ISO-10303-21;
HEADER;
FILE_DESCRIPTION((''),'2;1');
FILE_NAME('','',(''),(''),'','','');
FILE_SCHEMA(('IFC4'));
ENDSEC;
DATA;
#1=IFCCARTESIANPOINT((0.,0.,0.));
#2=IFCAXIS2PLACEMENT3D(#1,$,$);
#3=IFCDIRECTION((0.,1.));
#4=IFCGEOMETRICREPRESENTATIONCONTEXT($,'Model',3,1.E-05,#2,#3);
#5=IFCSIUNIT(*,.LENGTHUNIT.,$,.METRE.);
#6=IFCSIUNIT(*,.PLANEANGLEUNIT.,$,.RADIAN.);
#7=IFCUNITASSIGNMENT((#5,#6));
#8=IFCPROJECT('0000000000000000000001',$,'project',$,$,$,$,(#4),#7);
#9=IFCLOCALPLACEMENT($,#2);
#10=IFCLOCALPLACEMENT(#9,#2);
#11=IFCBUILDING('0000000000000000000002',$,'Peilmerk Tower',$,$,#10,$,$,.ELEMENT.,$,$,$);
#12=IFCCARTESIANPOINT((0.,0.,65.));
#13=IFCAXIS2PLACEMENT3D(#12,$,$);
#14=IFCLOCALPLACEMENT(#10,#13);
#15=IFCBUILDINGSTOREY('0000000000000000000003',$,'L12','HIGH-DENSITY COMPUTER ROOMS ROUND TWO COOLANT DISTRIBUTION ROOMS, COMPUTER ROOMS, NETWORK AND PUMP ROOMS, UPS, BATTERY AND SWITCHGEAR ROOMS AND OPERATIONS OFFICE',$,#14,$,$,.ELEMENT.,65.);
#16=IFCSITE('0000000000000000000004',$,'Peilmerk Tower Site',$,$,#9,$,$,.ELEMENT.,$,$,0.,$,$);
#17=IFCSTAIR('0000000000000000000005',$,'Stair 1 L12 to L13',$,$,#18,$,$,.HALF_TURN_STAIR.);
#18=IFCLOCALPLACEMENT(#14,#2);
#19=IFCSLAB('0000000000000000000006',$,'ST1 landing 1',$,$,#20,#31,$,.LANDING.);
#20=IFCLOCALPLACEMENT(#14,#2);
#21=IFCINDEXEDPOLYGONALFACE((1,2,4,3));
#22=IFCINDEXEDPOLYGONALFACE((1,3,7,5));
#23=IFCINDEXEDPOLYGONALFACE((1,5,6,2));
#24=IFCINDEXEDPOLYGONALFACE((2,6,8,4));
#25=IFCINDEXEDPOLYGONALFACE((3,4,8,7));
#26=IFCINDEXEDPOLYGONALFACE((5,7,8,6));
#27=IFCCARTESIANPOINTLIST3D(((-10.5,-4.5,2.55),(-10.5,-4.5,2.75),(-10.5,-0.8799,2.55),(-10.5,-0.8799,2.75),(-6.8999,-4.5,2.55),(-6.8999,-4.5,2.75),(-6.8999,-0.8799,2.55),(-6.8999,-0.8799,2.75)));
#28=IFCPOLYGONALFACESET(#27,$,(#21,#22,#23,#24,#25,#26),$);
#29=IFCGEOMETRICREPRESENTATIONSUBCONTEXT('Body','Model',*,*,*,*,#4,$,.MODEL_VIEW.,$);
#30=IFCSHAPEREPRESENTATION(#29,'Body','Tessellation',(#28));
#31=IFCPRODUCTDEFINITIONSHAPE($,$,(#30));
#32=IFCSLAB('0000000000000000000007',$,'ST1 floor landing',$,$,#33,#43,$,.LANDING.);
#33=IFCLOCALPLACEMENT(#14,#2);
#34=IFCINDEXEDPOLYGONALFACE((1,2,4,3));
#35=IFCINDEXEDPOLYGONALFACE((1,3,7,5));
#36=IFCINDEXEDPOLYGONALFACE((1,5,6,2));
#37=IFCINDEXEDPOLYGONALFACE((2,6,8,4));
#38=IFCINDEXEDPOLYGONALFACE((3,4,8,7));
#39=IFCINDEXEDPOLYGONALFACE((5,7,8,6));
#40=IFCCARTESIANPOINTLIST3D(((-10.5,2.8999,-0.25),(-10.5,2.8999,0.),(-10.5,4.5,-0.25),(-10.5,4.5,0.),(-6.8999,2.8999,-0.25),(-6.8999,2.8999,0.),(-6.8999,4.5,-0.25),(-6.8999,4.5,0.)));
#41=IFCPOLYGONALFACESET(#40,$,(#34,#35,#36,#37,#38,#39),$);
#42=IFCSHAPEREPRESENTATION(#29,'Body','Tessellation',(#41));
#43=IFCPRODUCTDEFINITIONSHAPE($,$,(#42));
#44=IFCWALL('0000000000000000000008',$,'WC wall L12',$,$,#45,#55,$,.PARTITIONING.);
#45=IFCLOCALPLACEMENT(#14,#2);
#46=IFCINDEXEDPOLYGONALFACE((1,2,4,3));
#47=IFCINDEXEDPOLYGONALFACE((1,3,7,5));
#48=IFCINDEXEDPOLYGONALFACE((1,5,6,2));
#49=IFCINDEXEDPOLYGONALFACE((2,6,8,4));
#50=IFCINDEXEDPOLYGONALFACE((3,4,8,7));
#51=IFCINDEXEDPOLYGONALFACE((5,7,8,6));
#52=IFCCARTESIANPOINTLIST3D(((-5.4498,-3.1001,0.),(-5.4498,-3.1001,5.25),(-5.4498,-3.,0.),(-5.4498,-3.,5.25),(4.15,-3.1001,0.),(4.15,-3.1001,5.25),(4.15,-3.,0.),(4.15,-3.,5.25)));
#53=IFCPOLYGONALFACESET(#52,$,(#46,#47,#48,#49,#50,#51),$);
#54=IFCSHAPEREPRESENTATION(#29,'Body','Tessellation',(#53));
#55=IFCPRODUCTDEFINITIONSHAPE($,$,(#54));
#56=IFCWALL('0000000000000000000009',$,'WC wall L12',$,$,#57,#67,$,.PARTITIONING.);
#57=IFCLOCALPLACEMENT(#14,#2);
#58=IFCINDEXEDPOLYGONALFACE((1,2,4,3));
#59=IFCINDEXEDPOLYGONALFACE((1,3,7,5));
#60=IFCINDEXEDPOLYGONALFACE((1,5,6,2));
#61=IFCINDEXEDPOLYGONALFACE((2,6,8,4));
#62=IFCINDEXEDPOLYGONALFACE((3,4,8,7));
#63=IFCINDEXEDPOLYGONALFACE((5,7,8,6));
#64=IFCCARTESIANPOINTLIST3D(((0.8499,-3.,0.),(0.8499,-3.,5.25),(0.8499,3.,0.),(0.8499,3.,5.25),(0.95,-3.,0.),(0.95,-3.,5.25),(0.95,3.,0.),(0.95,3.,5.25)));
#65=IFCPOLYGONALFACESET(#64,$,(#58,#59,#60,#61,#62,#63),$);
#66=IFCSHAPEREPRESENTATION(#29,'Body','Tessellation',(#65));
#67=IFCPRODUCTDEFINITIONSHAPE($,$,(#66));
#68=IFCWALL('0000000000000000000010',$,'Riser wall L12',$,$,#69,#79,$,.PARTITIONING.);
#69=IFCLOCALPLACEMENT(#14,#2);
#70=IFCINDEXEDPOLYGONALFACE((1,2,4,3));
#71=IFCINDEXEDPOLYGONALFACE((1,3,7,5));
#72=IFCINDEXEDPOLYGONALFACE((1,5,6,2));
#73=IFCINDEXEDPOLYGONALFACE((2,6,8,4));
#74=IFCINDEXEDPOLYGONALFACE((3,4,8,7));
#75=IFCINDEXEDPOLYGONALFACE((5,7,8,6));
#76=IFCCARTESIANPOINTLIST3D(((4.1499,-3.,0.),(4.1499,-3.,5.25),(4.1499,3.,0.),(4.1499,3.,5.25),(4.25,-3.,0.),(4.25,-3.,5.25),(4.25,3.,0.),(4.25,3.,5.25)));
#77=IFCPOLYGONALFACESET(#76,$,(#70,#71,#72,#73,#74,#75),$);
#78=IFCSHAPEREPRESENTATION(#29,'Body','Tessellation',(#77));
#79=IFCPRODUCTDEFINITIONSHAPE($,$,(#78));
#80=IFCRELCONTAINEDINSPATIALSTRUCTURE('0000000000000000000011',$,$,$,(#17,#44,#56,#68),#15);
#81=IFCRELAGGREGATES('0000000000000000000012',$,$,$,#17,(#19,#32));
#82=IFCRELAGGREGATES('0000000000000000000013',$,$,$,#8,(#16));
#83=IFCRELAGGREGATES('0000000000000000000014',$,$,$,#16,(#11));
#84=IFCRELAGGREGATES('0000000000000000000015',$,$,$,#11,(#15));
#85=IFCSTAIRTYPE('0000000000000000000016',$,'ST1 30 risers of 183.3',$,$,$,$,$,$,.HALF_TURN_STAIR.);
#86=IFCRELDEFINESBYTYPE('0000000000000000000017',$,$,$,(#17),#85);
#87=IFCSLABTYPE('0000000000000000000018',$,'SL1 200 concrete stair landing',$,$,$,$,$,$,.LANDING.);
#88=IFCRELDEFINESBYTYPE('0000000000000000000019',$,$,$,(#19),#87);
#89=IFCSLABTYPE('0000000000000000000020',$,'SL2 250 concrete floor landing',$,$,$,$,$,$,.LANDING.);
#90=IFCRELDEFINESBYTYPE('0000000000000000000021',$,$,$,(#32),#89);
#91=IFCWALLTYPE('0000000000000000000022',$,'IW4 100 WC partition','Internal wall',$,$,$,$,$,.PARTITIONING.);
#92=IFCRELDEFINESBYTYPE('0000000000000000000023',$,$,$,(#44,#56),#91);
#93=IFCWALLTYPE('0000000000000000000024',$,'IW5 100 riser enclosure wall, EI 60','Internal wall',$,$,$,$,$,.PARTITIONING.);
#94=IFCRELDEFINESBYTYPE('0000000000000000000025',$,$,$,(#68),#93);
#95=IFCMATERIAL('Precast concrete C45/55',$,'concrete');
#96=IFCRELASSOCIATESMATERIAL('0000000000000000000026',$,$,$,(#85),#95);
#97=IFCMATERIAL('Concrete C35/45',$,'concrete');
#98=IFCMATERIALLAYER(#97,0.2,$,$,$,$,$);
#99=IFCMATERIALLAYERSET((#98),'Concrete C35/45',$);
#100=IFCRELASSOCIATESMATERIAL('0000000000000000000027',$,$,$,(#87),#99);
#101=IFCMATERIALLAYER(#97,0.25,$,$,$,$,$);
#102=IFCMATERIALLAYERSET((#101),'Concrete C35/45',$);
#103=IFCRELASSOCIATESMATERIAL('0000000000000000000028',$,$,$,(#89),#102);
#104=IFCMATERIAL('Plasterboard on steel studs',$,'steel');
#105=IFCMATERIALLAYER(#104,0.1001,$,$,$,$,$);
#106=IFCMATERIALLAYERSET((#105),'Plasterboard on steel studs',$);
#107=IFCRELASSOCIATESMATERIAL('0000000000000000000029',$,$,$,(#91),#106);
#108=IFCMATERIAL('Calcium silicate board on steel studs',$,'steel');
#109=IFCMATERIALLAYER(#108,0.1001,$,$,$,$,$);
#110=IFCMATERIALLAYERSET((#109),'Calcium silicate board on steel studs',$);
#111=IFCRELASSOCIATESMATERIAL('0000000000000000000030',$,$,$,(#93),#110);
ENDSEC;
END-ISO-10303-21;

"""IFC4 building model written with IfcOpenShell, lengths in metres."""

from ifc_helpers import new_model, si_unit, direction, frame, frame_2d, origin, place, context, subcontext, project, spatial, polyline, rectangle, outline, extrude, material, layer, layer_set, type_object, element, aggregate, save


model = new_model("IFC4")

# Units and contexts
model_context = context("Model", 3, precision=1e-05, world=origin(), true_north=direction((0.0, 1.0)))
body_context = subcontext(model_context, "Body", "Model", "MODEL_VIEW")
ifc_project = project(units=[si_unit("LENGTHUNIT", "METRE"), si_unit("PLANEANGLEUNIT", "RADIAN")], contexts=[model_context])

# Site, building, storey
site_placement = place(None, origin())
site = spatial("IfcSite", under=ifc_project, at=site_placement, Name="Peilmerk Tower Site", CompositionType="ELEMENT", RefElevation=0.0)
building_placement = place(site_placement, origin())
building = spatial("IfcBuilding", under=site, at=building_placement, Name="Peilmerk Tower", CompositionType="ELEMENT")
storey_placement = place(building_placement, frame((0.0, 0.0, 65.0)))
storey = spatial("IfcBuildingStorey", under=building, at=storey_placement, Name="L12", Description="HIGH-DENSITY COMPUTER ROOMS ROUND TWO COOLANT DISTRIBUTION ROOMS, COMPUTER ROOMS, NETWORK AND PUMP ROOMS, UPS, BATTERY AND SWITCHGEAR ROOMS AND OPERATIONS OFFICE", CompositionType="ELEMENT", Elevation=65.0)

# Stair, slabs
ifc_material_1 = material(Name="Precast concrete C45/55", Category="concrete")
stair_type = type_object("IfcStairType", Name="ST1 30 risers of 183.3", PredefinedType="HALF_TURN_STAIR", material=ifc_material_1)
stair_placement = place(storey_placement, origin())
stair = element("IfcStair", 1, at=stair_placement, inside=storey, type_object=stair_type, Name="Stair 1 L12 to L13", PredefinedType="HALF_TURN_STAIR")
ifc_material_2 = material(Name="Concrete C35/45", Category="concrete")
ifc_layer_1 = layer(ifc_material_2, 0.2)
ifc_layer_set_1 = layer_set([ifc_layer_1], Name="Concrete C35/45")
slab_type_1 = type_object("IfcSlabType", Name="SL1 200 concrete stair landing", PredefinedType="LANDING", material=ifc_layer_set_1)
slab_1_placement = place(storey_placement, frame((0.0, 0.0, 2.55)))
slab_1 = element("IfcSlab", 2, at=slab_1_placement, type_object=slab_type_1, Name="ST1 landing 1", PredefinedType="LANDING", context=body_context, shape_type="SweptSolid", body=[
    extrude(outline(polyline([(-10.5, -4.5), (-6.8999, -4.5), (-6.8999, -0.8799), (-10.5, -0.8799), (-10.5, -4.5)])), origin(), (0.0, 0.0, 1.0), 0.2),
])
ifc_layer_2 = layer(ifc_material_2, 0.25)
ifc_layer_set_2 = layer_set([ifc_layer_2], Name="Concrete C35/45")
slab_type_2 = type_object("IfcSlabType", Name="SL2 250 concrete floor landing", PredefinedType="LANDING", material=ifc_layer_set_2)
slab_2_placement = place(storey_placement, frame((0.0, 0.0, -0.25)))
slab_2 = element("IfcSlab", 3, at=slab_2_placement, type_object=slab_type_2, Name="ST1 floor landing", PredefinedType="LANDING", context=body_context, shape_type="SweptSolid", body=[
    extrude(outline(polyline([(-10.5, 2.8999), (-6.8999, 2.8999), (-6.8999, 4.5), (-10.5, 4.5), (-10.5, 2.8999)])), origin(), (0.0, 0.0, 1.0), 0.25),
])
aggregate(stair, [slab_1, slab_2])

# Walls
ifc_material_3 = material(Name="Plasterboard on steel studs", Category="steel")
ifc_layer_3 = layer(ifc_material_3, 0.1001)
ifc_layer_set_3 = layer_set([ifc_layer_3], Name="Plasterboard on steel studs")
wall_type_1 = type_object("IfcWallType", Name="IW4 100 WC partition", Description="Internal wall", PredefinedType="PARTITIONING", material=ifc_layer_set_3)
wall_1_placement = place(storey_placement, frame((4.1499, -3.05, 0.0), z_axis=(0.0, 0.0, 1.0), x_axis=(-1.0, 0.0, 0.0)))
element("IfcWall", 4, at=wall_1_placement, inside=storey, type_object=wall_type_1, Name="WC wall L12", PredefinedType="PARTITIONING", context=body_context, shape_type="SweptSolid", body=[
    extrude(rectangle(XDim=9.5999, YDim=0.1001, at=frame_2d((4.7998, 0.0))), origin(), (0.0, 0.0, 1.0), 5.25),
])
wall_2_placement = place(storey_placement, frame((0.8999, -3.0, 0.0), z_axis=(0.0, 0.0, 1.0), x_axis=(0.0, 1.0, 0.0)))
element("IfcWall", 5, at=wall_2_placement, inside=storey, type_object=wall_type_1, Name="WC wall L12", PredefinedType="PARTITIONING", context=body_context, shape_type="SweptSolid", body=[
    extrude(rectangle(XDim=6.0, YDim=0.1001, at=frame_2d((3.0, 0.0))), origin(), (0.0, 0.0, 1.0), 5.25),
])
ifc_material_4 = material(Name="Calcium silicate board on steel studs", Category="steel")
ifc_layer_4 = layer(ifc_material_4, 0.1001)
ifc_layer_set_4 = layer_set([ifc_layer_4], Name="Calcium silicate board on steel studs")
wall_type_2 = type_object("IfcWallType", Name="IW5 100 riser enclosure wall, EI 60", Description="Internal wall", PredefinedType="PARTITIONING", material=ifc_layer_set_4)
wall_3_placement = place(storey_placement, frame((4.2, -3.0, 0.0), z_axis=(0.0, 0.0, 1.0), x_axis=(0.0, 1.0, 0.0)))
element("IfcWall", 6, at=wall_3_placement, inside=storey, type_object=wall_type_2, Name="Riser wall L12", PredefinedType="PARTITIONING", context=body_context, shape_type="SweptSolid", body=[
    extrude(rectangle(XDim=6.0, YDim=0.1001, at=frame_2d((3.0, 0.0))), origin(), (0.0, 0.0, 1.0), 5.25),
])

save(model, "model.ifc")
